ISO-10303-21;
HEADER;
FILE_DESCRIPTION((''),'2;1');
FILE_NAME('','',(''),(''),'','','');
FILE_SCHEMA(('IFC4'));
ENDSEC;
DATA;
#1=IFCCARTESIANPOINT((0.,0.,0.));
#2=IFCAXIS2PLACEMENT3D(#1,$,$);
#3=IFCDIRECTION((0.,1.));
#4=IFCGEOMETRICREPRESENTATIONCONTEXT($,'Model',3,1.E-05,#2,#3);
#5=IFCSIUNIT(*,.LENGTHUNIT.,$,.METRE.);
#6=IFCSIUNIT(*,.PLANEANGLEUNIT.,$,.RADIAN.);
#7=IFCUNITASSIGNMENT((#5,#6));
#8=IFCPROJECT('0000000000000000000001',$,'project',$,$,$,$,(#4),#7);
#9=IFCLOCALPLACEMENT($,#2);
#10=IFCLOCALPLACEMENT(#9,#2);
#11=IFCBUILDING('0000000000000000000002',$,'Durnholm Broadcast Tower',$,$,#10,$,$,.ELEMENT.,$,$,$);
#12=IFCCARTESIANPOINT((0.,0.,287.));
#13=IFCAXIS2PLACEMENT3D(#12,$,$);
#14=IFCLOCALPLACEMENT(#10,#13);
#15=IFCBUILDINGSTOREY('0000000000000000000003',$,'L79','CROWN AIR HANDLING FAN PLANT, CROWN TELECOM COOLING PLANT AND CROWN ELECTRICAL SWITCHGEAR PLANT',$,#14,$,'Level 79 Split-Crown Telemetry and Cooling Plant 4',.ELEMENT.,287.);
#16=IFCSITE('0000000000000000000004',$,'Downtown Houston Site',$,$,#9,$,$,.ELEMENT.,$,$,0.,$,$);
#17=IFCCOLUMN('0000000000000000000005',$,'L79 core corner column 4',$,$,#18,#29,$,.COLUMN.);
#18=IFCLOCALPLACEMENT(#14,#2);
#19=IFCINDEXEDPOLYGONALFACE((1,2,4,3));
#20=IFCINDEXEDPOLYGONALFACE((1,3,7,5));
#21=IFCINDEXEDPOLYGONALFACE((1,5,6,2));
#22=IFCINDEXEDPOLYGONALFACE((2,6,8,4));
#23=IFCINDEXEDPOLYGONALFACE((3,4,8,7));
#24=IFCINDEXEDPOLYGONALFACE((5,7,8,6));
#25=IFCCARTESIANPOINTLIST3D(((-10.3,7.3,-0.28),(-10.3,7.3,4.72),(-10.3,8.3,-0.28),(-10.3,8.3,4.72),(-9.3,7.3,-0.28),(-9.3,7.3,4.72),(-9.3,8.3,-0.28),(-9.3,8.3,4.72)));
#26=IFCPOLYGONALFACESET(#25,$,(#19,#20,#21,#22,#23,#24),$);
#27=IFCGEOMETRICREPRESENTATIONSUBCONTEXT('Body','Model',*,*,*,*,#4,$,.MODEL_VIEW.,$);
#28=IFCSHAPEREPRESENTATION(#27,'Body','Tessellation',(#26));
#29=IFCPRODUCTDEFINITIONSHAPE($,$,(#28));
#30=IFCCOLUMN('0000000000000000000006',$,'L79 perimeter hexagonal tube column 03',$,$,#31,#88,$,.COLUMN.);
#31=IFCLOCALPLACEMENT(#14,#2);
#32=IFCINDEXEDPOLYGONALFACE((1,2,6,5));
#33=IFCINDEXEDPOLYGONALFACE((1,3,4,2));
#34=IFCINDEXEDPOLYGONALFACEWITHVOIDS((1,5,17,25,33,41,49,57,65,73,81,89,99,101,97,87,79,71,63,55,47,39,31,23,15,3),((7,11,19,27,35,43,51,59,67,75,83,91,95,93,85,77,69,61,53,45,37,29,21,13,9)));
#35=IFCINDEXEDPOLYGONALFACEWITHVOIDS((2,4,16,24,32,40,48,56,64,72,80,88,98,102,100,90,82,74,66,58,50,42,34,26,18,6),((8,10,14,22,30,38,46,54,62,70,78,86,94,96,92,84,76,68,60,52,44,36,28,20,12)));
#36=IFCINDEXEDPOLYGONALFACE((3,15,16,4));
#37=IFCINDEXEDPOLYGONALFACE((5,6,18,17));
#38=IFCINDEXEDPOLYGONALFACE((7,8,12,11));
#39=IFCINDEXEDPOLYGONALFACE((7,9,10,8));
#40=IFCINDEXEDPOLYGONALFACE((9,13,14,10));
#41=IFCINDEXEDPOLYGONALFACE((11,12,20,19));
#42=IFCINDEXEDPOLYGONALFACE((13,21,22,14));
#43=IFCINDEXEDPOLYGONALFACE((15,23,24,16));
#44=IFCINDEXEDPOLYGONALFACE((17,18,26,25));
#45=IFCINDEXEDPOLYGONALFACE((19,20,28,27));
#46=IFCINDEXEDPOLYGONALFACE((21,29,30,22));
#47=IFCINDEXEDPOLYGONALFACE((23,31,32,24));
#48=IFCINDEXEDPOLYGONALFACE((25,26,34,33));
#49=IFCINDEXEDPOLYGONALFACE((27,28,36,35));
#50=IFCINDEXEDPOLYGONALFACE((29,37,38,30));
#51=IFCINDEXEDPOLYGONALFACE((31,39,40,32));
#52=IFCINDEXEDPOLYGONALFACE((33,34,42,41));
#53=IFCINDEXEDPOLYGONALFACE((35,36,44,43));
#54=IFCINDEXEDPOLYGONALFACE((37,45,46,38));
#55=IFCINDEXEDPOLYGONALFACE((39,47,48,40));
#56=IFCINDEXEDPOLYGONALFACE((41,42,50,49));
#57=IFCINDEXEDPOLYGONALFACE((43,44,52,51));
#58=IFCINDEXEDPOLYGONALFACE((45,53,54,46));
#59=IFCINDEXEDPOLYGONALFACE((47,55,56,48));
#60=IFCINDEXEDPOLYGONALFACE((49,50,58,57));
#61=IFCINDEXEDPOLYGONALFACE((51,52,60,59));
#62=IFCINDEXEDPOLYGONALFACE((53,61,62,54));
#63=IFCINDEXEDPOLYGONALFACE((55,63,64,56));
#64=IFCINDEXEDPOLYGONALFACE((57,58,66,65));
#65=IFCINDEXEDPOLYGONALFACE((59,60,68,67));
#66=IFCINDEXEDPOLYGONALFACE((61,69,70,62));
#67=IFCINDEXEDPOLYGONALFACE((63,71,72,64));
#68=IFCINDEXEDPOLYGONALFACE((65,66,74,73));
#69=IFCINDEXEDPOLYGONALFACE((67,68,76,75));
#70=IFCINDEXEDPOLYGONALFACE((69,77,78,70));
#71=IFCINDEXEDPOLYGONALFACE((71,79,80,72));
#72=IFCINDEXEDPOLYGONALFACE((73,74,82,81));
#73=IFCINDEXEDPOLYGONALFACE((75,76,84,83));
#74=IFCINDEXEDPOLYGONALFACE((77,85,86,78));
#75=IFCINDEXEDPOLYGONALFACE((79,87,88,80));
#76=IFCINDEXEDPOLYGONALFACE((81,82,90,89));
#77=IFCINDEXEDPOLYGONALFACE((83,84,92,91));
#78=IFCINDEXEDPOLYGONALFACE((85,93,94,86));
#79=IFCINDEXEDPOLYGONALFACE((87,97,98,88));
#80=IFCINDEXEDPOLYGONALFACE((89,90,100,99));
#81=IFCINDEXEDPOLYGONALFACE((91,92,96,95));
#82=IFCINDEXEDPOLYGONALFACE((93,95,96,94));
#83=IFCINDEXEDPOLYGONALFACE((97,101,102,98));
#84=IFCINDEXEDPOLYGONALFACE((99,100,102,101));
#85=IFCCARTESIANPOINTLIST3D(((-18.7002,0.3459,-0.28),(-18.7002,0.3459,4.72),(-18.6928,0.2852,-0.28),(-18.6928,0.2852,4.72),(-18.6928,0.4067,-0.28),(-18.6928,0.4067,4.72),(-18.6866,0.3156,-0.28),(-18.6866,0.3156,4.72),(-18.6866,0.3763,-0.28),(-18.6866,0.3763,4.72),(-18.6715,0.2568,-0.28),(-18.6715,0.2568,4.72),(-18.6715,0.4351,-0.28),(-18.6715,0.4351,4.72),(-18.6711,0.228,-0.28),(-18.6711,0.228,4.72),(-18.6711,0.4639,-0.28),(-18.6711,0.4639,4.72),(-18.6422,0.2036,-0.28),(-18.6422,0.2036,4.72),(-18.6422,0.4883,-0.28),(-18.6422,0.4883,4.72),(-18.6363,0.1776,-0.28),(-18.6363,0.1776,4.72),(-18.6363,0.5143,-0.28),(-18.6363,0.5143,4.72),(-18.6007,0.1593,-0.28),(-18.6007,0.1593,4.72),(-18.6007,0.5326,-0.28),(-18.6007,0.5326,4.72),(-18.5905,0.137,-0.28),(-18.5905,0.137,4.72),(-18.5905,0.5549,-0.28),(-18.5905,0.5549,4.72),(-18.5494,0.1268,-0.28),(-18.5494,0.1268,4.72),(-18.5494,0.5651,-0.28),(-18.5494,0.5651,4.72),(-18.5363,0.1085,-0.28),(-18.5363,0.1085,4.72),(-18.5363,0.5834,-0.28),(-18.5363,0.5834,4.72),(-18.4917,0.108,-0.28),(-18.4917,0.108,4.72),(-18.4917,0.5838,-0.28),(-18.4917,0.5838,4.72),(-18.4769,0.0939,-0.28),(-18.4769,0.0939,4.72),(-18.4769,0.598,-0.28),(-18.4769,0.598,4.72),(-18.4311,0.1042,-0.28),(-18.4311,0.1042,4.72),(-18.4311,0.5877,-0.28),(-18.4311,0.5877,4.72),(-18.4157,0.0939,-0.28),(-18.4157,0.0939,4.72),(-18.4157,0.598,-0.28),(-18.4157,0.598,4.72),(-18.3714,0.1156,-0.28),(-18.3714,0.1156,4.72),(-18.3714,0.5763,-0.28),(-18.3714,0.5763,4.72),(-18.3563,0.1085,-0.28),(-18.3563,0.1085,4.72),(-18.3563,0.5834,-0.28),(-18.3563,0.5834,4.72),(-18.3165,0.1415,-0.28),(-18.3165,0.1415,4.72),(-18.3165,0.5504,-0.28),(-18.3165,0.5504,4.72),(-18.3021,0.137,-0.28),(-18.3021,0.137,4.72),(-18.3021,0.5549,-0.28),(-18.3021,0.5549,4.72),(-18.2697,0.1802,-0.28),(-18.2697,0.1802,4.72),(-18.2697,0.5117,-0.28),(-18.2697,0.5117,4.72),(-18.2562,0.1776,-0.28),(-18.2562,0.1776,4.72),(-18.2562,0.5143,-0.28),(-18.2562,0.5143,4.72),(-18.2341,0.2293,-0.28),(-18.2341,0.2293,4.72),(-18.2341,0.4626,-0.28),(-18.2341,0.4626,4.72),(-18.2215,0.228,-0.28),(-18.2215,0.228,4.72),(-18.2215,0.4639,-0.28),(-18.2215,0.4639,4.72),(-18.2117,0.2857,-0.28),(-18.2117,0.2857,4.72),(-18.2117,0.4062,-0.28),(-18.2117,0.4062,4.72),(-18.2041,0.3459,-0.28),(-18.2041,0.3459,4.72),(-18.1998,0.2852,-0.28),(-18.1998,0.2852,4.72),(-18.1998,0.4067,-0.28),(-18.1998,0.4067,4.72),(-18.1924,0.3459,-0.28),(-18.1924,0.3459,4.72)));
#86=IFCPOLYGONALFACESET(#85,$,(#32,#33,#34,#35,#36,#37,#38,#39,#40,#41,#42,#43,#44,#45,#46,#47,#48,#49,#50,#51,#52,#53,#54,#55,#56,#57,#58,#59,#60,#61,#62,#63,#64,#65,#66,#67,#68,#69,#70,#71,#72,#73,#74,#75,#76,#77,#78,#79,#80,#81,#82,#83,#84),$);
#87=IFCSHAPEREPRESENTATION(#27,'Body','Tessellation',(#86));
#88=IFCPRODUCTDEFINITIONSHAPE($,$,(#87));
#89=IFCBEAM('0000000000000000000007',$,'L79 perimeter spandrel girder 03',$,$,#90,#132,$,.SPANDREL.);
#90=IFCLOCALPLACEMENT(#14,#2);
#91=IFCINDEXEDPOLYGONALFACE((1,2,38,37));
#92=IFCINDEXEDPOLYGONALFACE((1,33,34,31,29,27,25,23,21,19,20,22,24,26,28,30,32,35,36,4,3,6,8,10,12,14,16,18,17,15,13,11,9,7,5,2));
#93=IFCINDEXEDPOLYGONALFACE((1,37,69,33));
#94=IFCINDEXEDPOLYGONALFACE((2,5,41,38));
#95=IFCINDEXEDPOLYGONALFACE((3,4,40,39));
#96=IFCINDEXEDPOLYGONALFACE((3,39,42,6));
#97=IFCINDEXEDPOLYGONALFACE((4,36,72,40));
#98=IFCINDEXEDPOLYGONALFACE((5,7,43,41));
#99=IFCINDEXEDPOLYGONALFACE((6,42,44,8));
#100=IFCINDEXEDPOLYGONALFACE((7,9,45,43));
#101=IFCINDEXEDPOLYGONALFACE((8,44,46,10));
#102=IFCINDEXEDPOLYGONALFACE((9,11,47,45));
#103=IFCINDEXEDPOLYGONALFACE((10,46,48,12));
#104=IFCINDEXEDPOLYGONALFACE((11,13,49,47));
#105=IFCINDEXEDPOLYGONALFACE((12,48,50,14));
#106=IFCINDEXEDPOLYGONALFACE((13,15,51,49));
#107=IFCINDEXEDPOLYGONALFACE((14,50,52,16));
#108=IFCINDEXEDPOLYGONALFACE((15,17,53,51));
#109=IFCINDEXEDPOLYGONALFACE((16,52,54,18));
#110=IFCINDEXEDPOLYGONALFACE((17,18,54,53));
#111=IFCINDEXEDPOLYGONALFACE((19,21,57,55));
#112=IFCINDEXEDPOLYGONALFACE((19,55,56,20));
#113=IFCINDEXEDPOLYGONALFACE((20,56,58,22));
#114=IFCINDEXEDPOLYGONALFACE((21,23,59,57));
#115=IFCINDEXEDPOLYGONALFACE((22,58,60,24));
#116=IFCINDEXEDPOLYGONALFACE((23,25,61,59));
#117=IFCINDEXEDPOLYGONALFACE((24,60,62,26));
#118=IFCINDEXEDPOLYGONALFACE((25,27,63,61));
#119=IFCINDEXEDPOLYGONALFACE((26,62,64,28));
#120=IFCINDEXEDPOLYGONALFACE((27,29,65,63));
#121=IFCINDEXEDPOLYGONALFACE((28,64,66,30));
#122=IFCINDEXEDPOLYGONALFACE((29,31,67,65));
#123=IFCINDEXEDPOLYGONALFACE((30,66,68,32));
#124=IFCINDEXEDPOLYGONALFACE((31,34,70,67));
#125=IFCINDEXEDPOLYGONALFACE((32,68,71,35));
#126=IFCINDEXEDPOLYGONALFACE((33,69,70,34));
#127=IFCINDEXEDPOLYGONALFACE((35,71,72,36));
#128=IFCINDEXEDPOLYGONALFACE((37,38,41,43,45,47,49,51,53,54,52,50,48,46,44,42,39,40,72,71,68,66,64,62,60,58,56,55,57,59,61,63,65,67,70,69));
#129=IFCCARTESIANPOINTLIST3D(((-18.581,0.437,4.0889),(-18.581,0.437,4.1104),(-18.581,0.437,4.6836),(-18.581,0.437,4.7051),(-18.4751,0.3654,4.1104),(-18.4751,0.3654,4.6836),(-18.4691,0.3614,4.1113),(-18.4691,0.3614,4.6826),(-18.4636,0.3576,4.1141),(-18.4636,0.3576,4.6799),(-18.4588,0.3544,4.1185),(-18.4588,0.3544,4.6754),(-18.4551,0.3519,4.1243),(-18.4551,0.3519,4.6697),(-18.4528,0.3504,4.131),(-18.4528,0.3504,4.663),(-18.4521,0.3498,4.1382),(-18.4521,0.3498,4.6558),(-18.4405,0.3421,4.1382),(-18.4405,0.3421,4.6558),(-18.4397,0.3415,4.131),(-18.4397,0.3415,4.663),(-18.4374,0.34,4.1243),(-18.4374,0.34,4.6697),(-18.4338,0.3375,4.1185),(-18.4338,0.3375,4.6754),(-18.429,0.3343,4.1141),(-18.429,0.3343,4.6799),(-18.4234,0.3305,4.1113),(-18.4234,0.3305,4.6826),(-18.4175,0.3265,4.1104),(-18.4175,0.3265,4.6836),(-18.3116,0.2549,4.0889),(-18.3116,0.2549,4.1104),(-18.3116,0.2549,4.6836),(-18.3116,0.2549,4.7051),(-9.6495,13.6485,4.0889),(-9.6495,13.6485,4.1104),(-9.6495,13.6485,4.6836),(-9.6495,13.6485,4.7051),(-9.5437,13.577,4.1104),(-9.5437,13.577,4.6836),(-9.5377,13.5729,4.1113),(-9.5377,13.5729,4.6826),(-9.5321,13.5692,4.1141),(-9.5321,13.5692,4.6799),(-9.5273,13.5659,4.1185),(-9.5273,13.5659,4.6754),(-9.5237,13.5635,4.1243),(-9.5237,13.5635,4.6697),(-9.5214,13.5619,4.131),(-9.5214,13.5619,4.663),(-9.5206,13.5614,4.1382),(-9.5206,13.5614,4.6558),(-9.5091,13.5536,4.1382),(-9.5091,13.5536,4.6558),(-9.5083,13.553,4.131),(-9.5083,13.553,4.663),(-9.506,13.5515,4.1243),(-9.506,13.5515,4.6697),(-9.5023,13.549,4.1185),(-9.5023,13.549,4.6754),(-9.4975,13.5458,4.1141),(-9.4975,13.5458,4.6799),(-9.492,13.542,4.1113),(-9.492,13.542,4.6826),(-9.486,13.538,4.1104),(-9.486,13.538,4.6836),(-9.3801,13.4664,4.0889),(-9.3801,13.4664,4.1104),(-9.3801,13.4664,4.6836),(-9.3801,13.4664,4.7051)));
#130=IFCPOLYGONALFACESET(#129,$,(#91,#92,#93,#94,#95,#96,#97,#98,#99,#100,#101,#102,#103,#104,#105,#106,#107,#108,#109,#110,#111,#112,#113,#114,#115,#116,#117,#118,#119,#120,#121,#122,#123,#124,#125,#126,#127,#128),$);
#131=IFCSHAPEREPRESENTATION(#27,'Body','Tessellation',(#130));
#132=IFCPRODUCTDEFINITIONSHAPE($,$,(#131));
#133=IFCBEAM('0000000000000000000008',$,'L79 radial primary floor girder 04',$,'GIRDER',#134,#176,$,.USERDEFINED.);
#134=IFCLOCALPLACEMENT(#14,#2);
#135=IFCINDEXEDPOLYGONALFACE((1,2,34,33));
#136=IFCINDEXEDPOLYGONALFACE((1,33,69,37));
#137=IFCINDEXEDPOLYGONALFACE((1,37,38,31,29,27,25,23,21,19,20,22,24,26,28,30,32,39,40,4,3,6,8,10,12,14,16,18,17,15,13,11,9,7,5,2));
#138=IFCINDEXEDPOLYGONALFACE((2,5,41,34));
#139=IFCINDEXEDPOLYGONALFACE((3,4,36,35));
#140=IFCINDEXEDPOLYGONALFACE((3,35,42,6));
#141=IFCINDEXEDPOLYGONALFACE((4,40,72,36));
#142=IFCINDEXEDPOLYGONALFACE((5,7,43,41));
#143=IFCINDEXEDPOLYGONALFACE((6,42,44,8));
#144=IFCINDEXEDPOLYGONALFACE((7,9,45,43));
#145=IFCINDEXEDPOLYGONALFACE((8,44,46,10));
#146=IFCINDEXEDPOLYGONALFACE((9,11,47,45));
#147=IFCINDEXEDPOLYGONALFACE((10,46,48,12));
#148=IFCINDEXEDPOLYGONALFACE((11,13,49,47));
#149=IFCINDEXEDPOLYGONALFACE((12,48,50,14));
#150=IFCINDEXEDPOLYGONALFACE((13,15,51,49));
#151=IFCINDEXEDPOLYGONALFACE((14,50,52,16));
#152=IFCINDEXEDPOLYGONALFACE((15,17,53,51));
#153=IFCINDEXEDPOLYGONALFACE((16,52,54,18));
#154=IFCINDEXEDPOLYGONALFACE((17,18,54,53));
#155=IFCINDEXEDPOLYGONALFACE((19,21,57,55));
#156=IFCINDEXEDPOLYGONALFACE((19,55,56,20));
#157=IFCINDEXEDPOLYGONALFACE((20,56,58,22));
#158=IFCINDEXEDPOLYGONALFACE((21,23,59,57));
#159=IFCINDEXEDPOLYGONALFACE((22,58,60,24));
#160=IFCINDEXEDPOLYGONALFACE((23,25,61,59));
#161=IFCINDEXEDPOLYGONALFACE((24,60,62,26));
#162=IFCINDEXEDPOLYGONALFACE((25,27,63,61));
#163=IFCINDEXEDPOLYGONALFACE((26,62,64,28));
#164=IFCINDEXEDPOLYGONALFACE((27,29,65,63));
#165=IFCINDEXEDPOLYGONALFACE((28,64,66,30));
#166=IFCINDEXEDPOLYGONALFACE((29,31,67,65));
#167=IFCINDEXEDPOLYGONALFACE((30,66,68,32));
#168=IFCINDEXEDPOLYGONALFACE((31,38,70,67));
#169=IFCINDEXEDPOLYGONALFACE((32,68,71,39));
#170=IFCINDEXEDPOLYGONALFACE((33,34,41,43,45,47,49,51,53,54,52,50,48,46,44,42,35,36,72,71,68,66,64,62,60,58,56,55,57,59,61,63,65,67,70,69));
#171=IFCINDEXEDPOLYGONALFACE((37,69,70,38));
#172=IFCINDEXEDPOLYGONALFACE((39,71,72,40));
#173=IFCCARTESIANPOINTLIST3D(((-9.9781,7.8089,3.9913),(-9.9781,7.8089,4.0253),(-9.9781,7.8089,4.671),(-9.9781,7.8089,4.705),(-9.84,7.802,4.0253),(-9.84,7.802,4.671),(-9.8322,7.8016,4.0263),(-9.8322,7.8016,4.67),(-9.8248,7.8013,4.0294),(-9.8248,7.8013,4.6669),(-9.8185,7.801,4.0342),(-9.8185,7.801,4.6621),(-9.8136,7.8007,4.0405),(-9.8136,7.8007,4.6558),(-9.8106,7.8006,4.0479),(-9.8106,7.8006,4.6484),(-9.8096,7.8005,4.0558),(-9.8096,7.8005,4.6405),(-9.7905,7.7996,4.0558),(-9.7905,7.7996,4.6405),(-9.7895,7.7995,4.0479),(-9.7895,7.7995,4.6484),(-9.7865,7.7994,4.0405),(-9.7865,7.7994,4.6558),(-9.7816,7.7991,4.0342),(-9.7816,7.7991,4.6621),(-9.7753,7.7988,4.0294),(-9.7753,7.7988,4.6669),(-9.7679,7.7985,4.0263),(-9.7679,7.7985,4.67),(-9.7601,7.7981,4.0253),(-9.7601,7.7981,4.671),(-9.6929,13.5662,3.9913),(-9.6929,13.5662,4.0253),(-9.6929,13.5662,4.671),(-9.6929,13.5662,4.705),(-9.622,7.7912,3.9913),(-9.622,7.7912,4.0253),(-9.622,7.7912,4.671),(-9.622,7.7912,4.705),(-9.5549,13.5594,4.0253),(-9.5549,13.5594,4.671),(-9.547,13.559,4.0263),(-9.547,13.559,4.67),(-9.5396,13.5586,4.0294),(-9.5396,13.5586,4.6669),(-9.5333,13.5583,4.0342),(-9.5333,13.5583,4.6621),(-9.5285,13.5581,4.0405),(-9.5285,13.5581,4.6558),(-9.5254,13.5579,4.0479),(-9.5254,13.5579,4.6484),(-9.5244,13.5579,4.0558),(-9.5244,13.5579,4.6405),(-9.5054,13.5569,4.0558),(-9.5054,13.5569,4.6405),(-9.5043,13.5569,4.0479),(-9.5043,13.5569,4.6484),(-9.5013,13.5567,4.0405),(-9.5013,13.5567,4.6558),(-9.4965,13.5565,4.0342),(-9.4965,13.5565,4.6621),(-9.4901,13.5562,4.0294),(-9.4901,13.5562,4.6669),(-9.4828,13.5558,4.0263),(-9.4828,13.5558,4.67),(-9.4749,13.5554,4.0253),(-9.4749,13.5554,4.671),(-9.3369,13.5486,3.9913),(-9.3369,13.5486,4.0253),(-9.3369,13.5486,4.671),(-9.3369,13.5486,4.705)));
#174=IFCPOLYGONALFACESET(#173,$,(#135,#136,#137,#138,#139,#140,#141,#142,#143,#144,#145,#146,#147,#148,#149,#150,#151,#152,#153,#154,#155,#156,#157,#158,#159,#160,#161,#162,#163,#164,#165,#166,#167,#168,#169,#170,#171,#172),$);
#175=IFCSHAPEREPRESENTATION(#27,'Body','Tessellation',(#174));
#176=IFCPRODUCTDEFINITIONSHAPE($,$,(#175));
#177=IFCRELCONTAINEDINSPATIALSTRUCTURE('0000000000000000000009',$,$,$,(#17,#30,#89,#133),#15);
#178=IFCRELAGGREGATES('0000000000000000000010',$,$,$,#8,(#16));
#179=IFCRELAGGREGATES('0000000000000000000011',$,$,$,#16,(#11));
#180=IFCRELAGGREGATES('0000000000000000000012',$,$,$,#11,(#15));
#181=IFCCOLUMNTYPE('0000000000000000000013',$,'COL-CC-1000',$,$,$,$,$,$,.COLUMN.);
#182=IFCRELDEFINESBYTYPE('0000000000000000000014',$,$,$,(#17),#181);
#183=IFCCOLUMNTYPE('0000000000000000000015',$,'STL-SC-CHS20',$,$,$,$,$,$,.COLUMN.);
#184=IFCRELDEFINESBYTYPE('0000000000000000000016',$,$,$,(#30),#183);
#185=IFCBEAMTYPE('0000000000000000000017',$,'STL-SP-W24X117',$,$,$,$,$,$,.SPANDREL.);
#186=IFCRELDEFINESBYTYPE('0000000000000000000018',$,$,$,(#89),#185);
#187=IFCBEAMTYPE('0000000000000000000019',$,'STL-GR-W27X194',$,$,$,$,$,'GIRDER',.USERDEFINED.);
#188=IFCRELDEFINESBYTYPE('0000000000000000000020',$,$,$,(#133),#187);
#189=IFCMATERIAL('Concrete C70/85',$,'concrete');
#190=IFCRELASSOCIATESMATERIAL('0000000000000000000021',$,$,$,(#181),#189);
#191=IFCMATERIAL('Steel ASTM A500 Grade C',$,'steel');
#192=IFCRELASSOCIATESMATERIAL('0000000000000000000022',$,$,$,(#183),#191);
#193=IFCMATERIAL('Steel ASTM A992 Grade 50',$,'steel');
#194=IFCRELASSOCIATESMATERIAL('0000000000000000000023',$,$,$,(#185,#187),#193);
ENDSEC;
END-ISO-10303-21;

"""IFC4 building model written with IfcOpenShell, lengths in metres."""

from ifc_helpers import new_model, si_unit, direction, frame, origin, origin_2d, place, context, subcontext, project, spatial, rectangle, hollow_circle, i_section, extrude, source, transform, mapped, material, material_profile, profile_set, type_object, type_shapes, element, save


model = new_model("IFC4")

# Units and contexts
model_context = context("Model", 3, precision=1e-05, world=origin(), true_north=direction((0.0, 1.0)))
body_context = subcontext(model_context, "Body", "Model", "MODEL_VIEW")
ifc_project = project(units=[si_unit("LENGTHUNIT", "METRE"), si_unit("PLANEANGLEUNIT", "RADIAN")], contexts=[model_context])

# Site, building, storey
site_placement = place(None, origin())
site = spatial("IfcSite", under=ifc_project, at=site_placement, Name="Downtown Houston Site", CompositionType="ELEMENT", RefElevation=0.0)
building_placement = place(site_placement, origin())
building = spatial("IfcBuilding", under=site, at=building_placement, Name="Durnholm Broadcast Tower", CompositionType="ELEMENT")
storey_placement = place(building_placement, frame((0.0, 0.0, 287.0)))
storey = spatial("IfcBuildingStorey", under=building, at=storey_placement, Name="L79", Description="CROWN AIR HANDLING FAN PLANT, CROWN TELECOM COOLING PLANT AND CROWN ELECTRICAL SWITCHGEAR PLANT", LongName="Level 79 Split-Crown Telemetry and Cooling Plant 4", CompositionType="ELEMENT", Elevation=287.0)

# Columns
ifc_material_1 = material(Name="Concrete C70/85", Category="concrete")
ifc_material_profile_1 = material_profile(ifc_material_1, rectangle(XDim=1.0, YDim=1.0, at=origin_2d()), Name="RC1000X1000")
ifc_profile_set_1 = profile_set([ifc_material_profile_1], Name="Concrete C70/85")
column_type_1 = type_object("IfcColumnType", Name="COL-CC-1000", PredefinedType="COLUMN", material=ifc_profile_set_1)
shared_shape_1 = source(origin(), body_context, "Body", "SweptSolid", [
    extrude(rectangle(XDim=1.0, YDim=1.0, at=origin_2d()), origin(), (0.0, 0.0, 1.0), 5.0),
])
type_shapes(column_type_1, [shared_shape_1])
column_1_placement = place(storey_placement, frame((-9.8, 7.8, -0.28), z_axis=(0.0, 0.0, 1.0), x_axis=(1.0, 0.0, 0.0)))
element("IfcColumn", 1, at=column_1_placement, inside=storey, type_object=column_type_1, Name="L79 core corner column 4", PredefinedType="COLUMN", context=body_context, shape_type="MappedRepresentation", body=[
    mapped(shared_shape_1, transform((0.0, 0.0, 0.0), x_axis=(1.0, 0.0, 0.0), y_axis=(0.0, 1.0, 0.0), z_axis=(0.0, 0.0, 1.0), scale=1.0)),
])
ifc_material_2 = material(Name="Steel ASTM A500 Grade C", Category="steel")
ifc_material_profile_2 = material_profile(ifc_material_2, hollow_circle(Radius=0.2539, WallThickness=0.0117, at=origin_2d()), Name="HSS20.000X0.500")
ifc_profile_set_2 = profile_set([ifc_material_profile_2], Name="Steel ASTM A500 Grade C")
column_type_2 = type_object("IfcColumnType", Name="STL-SC-CHS20", PredefinedType="COLUMN", material=ifc_profile_set_2)
shared_shape_2 = source(origin(), body_context, "Body", "SweptSolid", [
    extrude(hollow_circle(Radius=0.2539, WallThickness=0.0117, at=origin_2d()), origin(), (0.0, 0.0, 1.0), 5.0),
])
type_shapes(column_type_2, [shared_shape_2])
column_2_placement = place(storey_placement, frame((-18.4463, 0.3459, -0.28), z_axis=(0.0, 0.0, 1.0), x_axis=(1.0, 0.0, 0.0)))
element("IfcColumn", 2, at=column_2_placement, inside=storey, type_object=column_type_2, Name="L79 perimeter hexagonal tube column 03", PredefinedType="COLUMN", context=body_context, shape_type="MappedRepresentation", body=[
    mapped(shared_shape_2, transform((0.0, 0.0, 0.0), x_axis=(1.0, 0.0, 0.0), y_axis=(0.0, 1.0, 0.0), z_axis=(0.0, 0.0, 1.0), scale=1.0)),
])

# Beams
ifc_material_3 = material(Name="Steel ASTM A992 Grade 50", Category="steel")
ifc_material_profile_3 = material_profile(ifc_material_3, i_section(OverallWidth=0.3252, OverallDepth=0.6162, WebThickness=0.0139, FlangeThickness=0.0215, FilletRadius=0.0278, at=origin_2d()), Name="W24X117")
ifc_profile_set_3 = profile_set([ifc_material_profile_3], Name="Steel ASTM A992 Grade 50")
beam_type_1 = type_object("IfcBeamType", Name="STL-SP-W24X117", PredefinedType="SPANDREL", material=ifc_profile_set_3)
shared_shape_3 = source(origin(), body_context, "Body", "SweptSolid", [
    extrude(i_section(OverallWidth=0.3252, OverallDepth=0.6162, WebThickness=0.0139, FlangeThickness=0.0215, FilletRadius=0.0278, at=origin_2d()), origin(), (0.0, 0.0, 1.0), 15.9473),
])
type_shapes(beam_type_1, [shared_shape_3])
beam_1_placement = place(storey_placement, frame((-18.4463, 0.3459, 4.397), z_axis=(0.560062, 0.828451, 0.0), x_axis=(-0.828451, 0.560062, 0.0)))
element("IfcBeam", 3, at=beam_1_placement, inside=storey, type_object=beam_type_1, Name="L79 perimeter spandrel girder 03", PredefinedType="SPANDREL", context=body_context, shape_type="MappedRepresentation", body=[
    mapped(shared_shape_3, transform((0.0, 0.0, 0.0), x_axis=(1.0, 0.0, 0.0), y_axis=(0.0, 1.0, 0.0), z_axis=(0.0, 0.0, 1.0), scale=1.0)),
])
ifc_material_profile_4 = material_profile(ifc_material_3, i_section(OverallWidth=0.3564, OverallDepth=0.7136, WebThickness=0.019, FlangeThickness=0.0339, FilletRadius=0.0305, at=origin_2d()), Name="W27X194")
ifc_profile_set_4 = profile_set([ifc_material_profile_4], Name="Steel ASTM A992 Grade 50")
beam_type_2 = type_object("IfcBeamType", Name="STL-GR-W27X194", ElementType="GIRDER", PredefinedType="USERDEFINED", material=ifc_profile_set_4)
shared_shape_4 = source(origin(), body_context, "Body", "SweptSolid", [
    extrude(i_section(OverallWidth=0.3564, OverallDepth=0.7136, WebThickness=0.019, FlangeThickness=0.0339, FilletRadius=0.0305, at=origin_2d()), origin(), (0.0, 0.0, 1.0), 5.7644),
])
beam_2_placement = place(storey_placement, frame((-9.8, 7.8, 4.3481), z_axis=(0.049469, 0.998776, 0.0), x_axis=(-0.998776, 0.049469, 0.0)))
element("IfcBeam", 4, at=beam_2_placement, inside=storey, type_object=beam_type_2, Name="L79 radial primary floor girder 04", ObjectType="GIRDER", PredefinedType="USERDEFINED", context=body_context, shape_type="MappedRepresentation", body=[
    mapped(shared_shape_4, transform((0.0, 0.0, 0.0), x_axis=(1.0, 0.0, 0.0), y_axis=(0.0, 1.0, 0.0), z_axis=(0.0, 0.0, 1.0), scale=1.0)),
])

save(model, "model.ifc")
